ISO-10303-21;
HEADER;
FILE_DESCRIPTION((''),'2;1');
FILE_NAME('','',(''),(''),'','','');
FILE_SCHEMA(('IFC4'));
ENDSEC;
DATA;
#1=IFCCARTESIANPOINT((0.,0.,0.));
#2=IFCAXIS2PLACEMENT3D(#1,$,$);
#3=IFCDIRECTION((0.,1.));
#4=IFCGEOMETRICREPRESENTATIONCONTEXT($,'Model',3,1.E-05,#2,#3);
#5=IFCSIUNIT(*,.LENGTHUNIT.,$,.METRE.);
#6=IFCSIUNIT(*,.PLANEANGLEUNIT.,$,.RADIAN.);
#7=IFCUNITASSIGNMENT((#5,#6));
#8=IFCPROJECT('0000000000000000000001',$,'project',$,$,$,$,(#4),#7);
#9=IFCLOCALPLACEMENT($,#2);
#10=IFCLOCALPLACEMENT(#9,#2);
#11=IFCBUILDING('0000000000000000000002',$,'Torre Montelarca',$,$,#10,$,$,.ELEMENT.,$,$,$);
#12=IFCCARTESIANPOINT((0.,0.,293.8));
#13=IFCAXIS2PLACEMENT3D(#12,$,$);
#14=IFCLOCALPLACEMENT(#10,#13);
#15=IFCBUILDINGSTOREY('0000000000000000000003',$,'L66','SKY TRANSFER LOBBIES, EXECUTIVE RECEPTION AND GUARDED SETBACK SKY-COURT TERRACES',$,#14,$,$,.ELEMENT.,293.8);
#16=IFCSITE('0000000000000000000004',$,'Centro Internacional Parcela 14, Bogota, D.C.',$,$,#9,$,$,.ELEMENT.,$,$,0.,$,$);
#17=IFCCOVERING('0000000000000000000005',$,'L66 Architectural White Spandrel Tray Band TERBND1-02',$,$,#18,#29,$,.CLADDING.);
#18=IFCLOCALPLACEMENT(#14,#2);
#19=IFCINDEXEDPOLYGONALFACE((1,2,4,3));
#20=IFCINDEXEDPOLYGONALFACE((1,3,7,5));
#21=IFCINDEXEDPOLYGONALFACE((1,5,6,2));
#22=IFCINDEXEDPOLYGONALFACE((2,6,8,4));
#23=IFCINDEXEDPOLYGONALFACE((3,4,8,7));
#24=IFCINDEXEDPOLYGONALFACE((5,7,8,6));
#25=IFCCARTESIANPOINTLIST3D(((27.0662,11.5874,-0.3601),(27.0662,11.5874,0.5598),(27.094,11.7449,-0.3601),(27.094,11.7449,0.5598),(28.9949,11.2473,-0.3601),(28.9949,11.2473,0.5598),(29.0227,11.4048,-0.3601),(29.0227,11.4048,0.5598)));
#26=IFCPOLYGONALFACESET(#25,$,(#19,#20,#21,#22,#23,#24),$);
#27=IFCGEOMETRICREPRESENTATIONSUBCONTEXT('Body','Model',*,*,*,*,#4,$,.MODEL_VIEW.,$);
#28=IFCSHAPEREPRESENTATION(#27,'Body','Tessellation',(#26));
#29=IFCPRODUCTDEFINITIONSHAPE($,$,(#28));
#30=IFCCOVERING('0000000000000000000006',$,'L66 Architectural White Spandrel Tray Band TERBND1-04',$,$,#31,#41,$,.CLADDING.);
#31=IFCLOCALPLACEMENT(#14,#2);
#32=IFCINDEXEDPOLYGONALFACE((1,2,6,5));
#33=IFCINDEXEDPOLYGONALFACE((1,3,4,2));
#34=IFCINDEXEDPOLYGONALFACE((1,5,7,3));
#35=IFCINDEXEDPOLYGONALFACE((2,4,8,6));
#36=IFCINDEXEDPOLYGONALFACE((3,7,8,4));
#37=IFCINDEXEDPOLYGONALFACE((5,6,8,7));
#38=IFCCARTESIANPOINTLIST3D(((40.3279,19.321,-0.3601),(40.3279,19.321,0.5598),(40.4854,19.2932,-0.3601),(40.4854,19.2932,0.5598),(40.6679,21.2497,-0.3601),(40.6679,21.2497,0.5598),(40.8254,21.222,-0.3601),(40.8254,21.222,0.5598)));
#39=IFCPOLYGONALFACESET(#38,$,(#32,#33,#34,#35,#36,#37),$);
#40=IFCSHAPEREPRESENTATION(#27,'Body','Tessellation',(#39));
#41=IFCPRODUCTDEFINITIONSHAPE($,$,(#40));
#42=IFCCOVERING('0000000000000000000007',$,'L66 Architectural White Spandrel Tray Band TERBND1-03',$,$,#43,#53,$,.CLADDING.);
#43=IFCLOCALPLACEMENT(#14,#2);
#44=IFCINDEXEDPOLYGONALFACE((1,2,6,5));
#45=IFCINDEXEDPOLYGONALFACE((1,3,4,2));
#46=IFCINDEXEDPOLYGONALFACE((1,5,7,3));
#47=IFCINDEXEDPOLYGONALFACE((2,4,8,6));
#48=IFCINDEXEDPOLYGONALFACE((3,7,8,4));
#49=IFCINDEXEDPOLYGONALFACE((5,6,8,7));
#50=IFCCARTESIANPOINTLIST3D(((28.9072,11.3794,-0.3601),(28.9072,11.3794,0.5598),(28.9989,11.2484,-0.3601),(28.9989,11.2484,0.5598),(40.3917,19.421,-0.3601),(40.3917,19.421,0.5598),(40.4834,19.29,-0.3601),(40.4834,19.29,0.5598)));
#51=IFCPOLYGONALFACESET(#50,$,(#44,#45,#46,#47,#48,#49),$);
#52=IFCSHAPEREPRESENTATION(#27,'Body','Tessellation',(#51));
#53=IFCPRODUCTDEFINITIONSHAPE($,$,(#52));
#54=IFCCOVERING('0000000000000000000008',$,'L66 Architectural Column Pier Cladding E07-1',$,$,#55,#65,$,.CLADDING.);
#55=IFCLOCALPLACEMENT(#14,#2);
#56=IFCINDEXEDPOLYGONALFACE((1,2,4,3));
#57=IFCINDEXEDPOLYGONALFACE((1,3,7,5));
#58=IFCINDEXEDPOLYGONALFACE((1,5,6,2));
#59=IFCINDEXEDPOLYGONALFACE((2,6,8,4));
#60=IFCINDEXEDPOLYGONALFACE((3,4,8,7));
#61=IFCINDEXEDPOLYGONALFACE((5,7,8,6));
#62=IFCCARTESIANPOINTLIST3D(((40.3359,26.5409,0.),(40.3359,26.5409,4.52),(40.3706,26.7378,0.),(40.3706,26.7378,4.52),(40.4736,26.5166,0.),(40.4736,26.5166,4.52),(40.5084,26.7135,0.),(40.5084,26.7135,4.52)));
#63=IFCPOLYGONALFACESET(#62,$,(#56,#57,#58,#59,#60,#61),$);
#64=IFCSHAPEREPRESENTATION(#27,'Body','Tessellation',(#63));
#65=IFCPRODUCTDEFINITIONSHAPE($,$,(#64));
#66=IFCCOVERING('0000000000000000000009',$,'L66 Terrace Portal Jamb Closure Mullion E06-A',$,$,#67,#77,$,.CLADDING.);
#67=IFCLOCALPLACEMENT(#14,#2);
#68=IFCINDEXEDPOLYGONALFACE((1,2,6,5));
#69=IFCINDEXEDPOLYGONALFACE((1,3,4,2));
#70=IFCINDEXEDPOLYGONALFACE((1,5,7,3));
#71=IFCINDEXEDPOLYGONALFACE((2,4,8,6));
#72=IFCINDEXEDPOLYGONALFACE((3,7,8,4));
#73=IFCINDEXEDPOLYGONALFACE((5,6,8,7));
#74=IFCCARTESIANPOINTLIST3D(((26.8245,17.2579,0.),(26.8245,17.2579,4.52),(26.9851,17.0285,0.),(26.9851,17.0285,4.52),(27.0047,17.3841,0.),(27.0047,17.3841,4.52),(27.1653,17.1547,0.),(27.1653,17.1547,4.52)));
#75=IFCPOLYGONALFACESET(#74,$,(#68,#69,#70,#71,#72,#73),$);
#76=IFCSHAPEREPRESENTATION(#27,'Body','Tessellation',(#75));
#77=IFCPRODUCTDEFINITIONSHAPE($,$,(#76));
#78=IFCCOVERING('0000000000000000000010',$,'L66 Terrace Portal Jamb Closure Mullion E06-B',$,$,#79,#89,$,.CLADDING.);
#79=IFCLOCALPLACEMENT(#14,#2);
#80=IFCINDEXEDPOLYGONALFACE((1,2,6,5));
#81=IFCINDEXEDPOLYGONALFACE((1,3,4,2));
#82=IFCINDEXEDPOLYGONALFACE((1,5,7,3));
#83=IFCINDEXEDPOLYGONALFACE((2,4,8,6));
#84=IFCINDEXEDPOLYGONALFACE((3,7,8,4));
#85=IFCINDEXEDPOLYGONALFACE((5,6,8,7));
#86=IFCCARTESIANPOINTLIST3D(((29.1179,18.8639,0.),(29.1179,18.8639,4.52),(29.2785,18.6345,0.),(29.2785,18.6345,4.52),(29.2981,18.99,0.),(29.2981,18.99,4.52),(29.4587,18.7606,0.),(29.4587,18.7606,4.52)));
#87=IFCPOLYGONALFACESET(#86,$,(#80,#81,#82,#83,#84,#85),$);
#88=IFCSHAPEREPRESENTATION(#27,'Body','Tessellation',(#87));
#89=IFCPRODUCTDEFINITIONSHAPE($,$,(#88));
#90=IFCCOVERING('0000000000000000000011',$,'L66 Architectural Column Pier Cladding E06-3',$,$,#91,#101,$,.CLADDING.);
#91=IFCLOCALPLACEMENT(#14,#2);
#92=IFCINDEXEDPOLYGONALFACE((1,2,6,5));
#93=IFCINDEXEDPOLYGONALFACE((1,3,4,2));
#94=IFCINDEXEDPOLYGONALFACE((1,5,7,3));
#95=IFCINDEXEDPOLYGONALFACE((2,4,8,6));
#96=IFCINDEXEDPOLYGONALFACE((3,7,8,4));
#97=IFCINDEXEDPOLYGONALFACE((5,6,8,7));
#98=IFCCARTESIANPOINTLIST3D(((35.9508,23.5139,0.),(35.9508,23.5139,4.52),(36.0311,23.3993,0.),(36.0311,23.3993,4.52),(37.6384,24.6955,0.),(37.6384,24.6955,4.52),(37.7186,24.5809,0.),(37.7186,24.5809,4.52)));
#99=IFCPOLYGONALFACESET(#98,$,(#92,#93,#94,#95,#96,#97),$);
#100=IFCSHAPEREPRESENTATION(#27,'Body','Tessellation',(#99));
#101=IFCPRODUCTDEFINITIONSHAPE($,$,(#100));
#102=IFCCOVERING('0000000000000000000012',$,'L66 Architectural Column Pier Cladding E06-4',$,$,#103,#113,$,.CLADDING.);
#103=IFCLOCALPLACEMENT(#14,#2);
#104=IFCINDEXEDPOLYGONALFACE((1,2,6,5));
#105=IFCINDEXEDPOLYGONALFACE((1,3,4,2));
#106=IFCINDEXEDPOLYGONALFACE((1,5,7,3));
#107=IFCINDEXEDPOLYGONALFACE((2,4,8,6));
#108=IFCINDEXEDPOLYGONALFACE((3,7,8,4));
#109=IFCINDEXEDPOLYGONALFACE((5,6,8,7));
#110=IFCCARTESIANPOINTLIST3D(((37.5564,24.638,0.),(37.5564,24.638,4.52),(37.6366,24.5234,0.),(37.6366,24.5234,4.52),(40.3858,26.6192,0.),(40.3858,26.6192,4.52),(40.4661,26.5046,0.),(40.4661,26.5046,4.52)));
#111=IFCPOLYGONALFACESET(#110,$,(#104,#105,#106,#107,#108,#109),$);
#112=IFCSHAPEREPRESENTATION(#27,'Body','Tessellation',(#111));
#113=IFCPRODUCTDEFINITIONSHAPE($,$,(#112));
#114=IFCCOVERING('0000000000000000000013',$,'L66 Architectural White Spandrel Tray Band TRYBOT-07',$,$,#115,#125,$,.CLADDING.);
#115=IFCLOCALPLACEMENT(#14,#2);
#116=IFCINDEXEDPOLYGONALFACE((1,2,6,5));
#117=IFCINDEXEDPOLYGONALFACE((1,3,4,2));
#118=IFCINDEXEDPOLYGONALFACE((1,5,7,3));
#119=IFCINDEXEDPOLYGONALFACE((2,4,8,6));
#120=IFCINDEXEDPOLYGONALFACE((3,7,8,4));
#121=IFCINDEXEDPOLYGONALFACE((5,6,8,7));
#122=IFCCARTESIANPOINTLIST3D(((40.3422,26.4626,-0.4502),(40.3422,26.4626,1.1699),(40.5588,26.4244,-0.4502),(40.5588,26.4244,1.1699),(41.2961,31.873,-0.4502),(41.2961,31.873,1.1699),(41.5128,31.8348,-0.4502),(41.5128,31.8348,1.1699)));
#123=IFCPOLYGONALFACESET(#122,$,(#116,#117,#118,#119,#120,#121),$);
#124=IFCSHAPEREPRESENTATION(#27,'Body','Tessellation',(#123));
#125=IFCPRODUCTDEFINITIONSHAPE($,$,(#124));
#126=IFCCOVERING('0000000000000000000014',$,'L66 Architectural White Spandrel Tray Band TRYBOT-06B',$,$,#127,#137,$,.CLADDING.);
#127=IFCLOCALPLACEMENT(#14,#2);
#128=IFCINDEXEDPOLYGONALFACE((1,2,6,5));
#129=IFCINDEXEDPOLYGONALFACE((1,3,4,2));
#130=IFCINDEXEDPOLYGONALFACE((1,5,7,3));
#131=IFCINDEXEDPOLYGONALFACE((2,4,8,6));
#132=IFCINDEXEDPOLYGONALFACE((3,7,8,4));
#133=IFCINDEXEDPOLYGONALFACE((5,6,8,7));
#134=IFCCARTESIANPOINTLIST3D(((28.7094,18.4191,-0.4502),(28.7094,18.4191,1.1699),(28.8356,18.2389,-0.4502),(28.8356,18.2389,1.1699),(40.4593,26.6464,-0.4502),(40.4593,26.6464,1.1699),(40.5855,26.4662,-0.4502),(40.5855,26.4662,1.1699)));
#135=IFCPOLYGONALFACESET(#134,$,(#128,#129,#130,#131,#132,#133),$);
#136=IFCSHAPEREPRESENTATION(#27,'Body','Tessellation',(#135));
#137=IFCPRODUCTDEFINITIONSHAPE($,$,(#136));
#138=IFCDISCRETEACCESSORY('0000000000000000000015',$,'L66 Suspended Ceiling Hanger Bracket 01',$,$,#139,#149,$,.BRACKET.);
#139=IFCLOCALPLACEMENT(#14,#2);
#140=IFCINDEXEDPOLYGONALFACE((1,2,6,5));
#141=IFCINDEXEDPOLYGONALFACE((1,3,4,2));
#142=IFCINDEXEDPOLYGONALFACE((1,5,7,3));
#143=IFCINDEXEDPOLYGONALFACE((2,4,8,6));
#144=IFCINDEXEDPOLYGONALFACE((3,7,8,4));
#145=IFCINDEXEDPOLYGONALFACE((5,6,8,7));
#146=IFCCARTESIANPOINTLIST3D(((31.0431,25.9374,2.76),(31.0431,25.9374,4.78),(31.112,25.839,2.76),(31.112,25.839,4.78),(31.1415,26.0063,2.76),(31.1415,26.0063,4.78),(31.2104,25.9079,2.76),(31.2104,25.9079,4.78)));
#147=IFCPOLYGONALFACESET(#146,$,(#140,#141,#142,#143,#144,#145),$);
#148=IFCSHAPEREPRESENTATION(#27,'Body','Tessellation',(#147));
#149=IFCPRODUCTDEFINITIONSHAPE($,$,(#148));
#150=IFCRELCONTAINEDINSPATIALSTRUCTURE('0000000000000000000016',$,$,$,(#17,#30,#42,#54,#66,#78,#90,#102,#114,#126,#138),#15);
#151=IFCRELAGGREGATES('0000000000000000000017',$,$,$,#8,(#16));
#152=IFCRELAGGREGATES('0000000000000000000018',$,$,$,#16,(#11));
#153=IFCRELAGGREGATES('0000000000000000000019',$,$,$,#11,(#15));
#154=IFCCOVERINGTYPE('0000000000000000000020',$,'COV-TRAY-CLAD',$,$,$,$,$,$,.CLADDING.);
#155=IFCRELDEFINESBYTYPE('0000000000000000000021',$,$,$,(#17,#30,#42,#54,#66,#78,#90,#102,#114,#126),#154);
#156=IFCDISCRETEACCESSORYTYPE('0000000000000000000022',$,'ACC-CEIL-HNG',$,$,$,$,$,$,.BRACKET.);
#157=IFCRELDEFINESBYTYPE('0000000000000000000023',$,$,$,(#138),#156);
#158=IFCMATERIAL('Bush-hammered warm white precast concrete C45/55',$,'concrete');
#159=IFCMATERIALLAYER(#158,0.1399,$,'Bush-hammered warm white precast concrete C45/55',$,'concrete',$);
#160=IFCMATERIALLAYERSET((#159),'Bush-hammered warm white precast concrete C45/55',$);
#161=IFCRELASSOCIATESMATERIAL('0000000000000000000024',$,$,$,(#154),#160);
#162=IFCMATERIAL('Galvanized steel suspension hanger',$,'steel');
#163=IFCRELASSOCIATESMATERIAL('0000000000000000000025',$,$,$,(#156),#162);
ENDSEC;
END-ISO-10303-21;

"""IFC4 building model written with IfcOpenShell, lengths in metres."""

from ifc_helpers import new_model, si_unit, direction, frame, origin, origin_2d, place, context, subcontext, project, spatial, rectangle, extrude, source, transform, mapped, material, layer, layer_set, type_object, element, save


model = new_model("IFC4")

# Units and contexts
model_context = context("Model", 3, precision=1e-05, world=origin(), true_north=direction((0.0, 1.0)))
body_context = subcontext(model_context, "Body", "Model", "MODEL_VIEW")
ifc_project = project(units=[si_unit("LENGTHUNIT", "METRE"), si_unit("PLANEANGLEUNIT", "RADIAN")], contexts=[model_context])

# Site, building, storey
site_placement = place(None, origin())
site = spatial("IfcSite", under=ifc_project, at=site_placement, Name="Centro Internacional Parcela 14, Bogota, D.C.", CompositionType="ELEMENT", RefElevation=0.0)
building_placement = place(site_placement, origin())
building = spatial("IfcBuilding", under=site, at=building_placement, Name="Torre Montelarca", CompositionType="ELEMENT")
storey_placement = place(building_placement, frame((0.0, 0.0, 293.8)))
storey = spatial("IfcBuildingStorey", under=building, at=storey_placement, Name="L66", Description="SKY TRANSFER LOBBIES, EXECUTIVE RECEPTION AND GUARDED SETBACK SKY-COURT TERRACES", CompositionType="ELEMENT", Elevation=293.8)

# Coverings
ifc_material_1 = material(Name="Bush-hammered warm white precast concrete C45/55", Category="concrete")
ifc_layer_1 = layer(ifc_material_1, 0.1399, Name="Bush-hammered warm white precast concrete C45/55", Category="concrete")
ifc_layer_set_1 = layer_set([ifc_layer_1], Name="Bush-hammered warm white precast concrete C45/55")
covering_type = type_object("IfcCoveringType", Name="COV-TRAY-CLAD", PredefinedType="CLADDING", material=ifc_layer_set_1)
shared_shape_1 = source(origin(), body_context, "Body", "SweptSolid", [
    extrude(rectangle(XDim=1.9585, YDim=0.1599, at=origin_2d()), origin(), (0.0, 0.0, 1.0), 0.9199),
])
for number, where, z_axis, x_axis, name in (
    (1, (28.0444, 11.4961, -0.3601), (0.0, 0.0, 1.0), (0.984804, -0.173671, 0.0), "L66 Architectural White Spandrel Tray Band TERBND1-02"),
    (2, (40.5767, 20.2715, -0.3601), (0.0, 0.0, 1.0), (0.173628, 0.984811, 0.0), "L66 Architectural White Spandrel Tray Band TERBND1-04"),
):
    element("IfcCovering", number, at=place(storey_placement, frame(where, z_axis=z_axis, x_axis=x_axis)), inside=storey, type_object=covering_type, Name=name, PredefinedType="CLADDING", context=body_context, shape_type="MappedRepresentation", body=[
        mapped(shared_shape_1, transform((0.0, 0.0, 0.0), scale=1.0)),
    ])
shared_shape_2 = source(origin(), body_context, "Body", "SweptSolid", [
    extrude(rectangle(XDim=14.02, YDim=0.1599, at=origin_2d()), origin(), (0.0, 0.0, 1.0), 0.9199),
])
covering_1_placement = place(storey_placement, frame((34.6953, 15.3347, -0.3601), z_axis=(0.0, 0.0, 1.0), x_axis=(0.819149, 0.573581, 0.0)))
element("IfcCovering", 3, at=covering_1_placement, inside=storey, type_object=covering_type, Name="L66 Architectural White Spandrel Tray Band TERBND1-03", PredefinedType="CLADDING", context=body_context, shape_type="MappedRepresentation", body=[
    mapped(shared_shape_2, transform((0.0, 0.0, 0.0), scale=1.0)),
])
shared_shape_3 = source(origin(), body_context, "Body", "SweptSolid", [
    extrude(rectangle(XDim=0.2, YDim=0.1399, at=origin_2d()), origin(), (0.0, 0.0, 1.0), 4.52),
])
covering_2_placement = place(storey_placement, frame((40.4221, 26.6272, 0.0), z_axis=(0.0, 0.0, 1.0), x_axis=(0.173626, 0.984812, 0.0)))
element("IfcCovering", 4, at=covering_2_placement, inside=storey, type_object=covering_type, Name="L66 Architectural Column Pier Cladding E07-1", PredefinedType="CLADDING", context=body_context, shape_type="MappedRepresentation", body=[
    mapped(shared_shape_3, transform((0.0, 0.0, 0.0), scale=1.0)),
])
shared_shape_4 = source(origin(), body_context, "Body", "SweptSolid", [
    extrude(rectangle(XDim=0.22, YDim=0.28, at=origin_2d()), origin(), (0.0, 0.0, 1.0), 4.52),
])
for number, where, z_axis, x_axis, name in (
    (5, (26.9949, 17.2063, 0.0), (0.0, 0.0, 1.0), (0.819156, 0.573571, 0.0), "L66 Terrace Portal Jamb Closure Mullion E06-A"),
    (6, (29.2883, 18.8123, 0.0), (0.0, 0.0, 1.0), (0.819156, 0.573571, 0.0), "L66 Terrace Portal Jamb Closure Mullion E06-B"),
):
    element("IfcCovering", number, at=place(storey_placement, frame(where, z_axis=z_axis, x_axis=x_axis)), inside=storey, type_object=covering_type, Name=name, PredefinedType="CLADDING", context=body_context, shape_type="MappedRepresentation", body=[
        mapped(shared_shape_4, transform((0.0, 0.0, 0.0), scale=1.0)),
    ])
shared_shape_5 = source(origin(), body_context, "Body", "SweptSolid", [
    extrude(rectangle(XDim=2.0601, YDim=0.1399, at=origin_2d()), origin(), (0.0, 0.0, 1.0), 4.52),
])
covering_3_placement = place(storey_placement, frame((36.8347, 24.0474, 0.0), z_axis=(0.0, 0.0, 1.0), x_axis=(0.819156, 0.573571, 0.0)))
element("IfcCovering", 7, at=covering_3_placement, inside=storey, type_object=covering_type, Name="L66 Architectural Column Pier Cladding E06-3", PredefinedType="CLADDING", context=body_context, shape_type="MappedRepresentation", body=[
    mapped(shared_shape_5, transform((0.0, 0.0, 0.0), scale=1.0)),
])
shared_shape_6 = source(origin(), body_context, "Body", "SweptSolid", [
    extrude(rectangle(XDim=3.4541, YDim=0.1399, at=origin_2d()), origin(), (0.0, 0.0, 1.0), 4.52),
])
covering_4_placement = place(storey_placement, frame((39.0112, 25.5713, 0.0), z_axis=(0.0, 0.0, 1.0), x_axis=(0.819156, 0.573571, 0.0)))
element("IfcCovering", 8, at=covering_4_placement, inside=storey, type_object=covering_type, Name="L66 Architectural Column Pier Cladding E06-4", PredefinedType="CLADDING", context=body_context, shape_type="MappedRepresentation", body=[
    mapped(shared_shape_6, transform((0.0, 0.0, 0.0), scale=1.0)),
])
shared_shape_7 = source(origin(), body_context, "Body", "SweptSolid", [
    extrude(rectangle(XDim=5.4939, YDim=0.22, at=origin_2d()), origin(), (0.0, 0.0, 1.0), 1.6201),
])
covering_5_placement = place(storey_placement, frame((40.9275, 29.1487, -0.4502), z_axis=(0.0, 0.0, 1.0), x_axis=(0.173631, 0.984811, 0.0)))
element("IfcCovering", 9, at=covering_5_placement, inside=storey, type_object=covering_type, Name="L66 Architectural White Spandrel Tray Band TRYBOT-07", PredefinedType="CLADDING", context=body_context, shape_type="MappedRepresentation", body=[
    mapped(shared_shape_7, transform((0.0, 0.0, 0.0), scale=1.0)),
])
shared_shape_8 = source(origin(), body_context, "Body", "SweptSolid", [
    extrude(rectangle(XDim=14.344, YDim=0.22, at=origin_2d()), origin(), (0.0, 0.0, 1.0), 1.6201),
])
covering_6_placement = place(storey_placement, frame((34.6475, 22.4426, -0.4502), z_axis=(0.0, 0.0, 1.0), x_axis=(0.819154, 0.573574, 0.0)))
element("IfcCovering", 10, at=covering_6_placement, inside=storey, type_object=covering_type, Name="L66 Architectural White Spandrel Tray Band TRYBOT-06B", PredefinedType="CLADDING", context=body_context, shape_type="MappedRepresentation", body=[
    mapped(shared_shape_8, transform((0.0, 0.0, 0.0), scale=1.0)),
])

# Discrete accessory
ifc_material_2 = material(Name="Galvanized steel suspension hanger", Category="steel")
discrete_accessory_type = type_object("IfcDiscreteAccessoryType", Name="ACC-CEIL-HNG", PredefinedType="BRACKET", material=ifc_material_2)
shared_shape_9 = source(origin(), body_context, "Body", "SweptSolid", [
    extrude(rectangle(XDim=0.1201, YDim=0.1201, at=origin_2d()), origin(), (0.0, 0.0, 1.0), 2.02),
])
discrete_accessory_placement = place(storey_placement, frame((31.1267, 25.9226, 2.76), z_axis=(0.0, 0.0, 1.0), x_axis=(-0.573576, 0.819152, 0.0)))
element("IfcDiscreteAccessory", 11, at=discrete_accessory_placement, inside=storey, type_object=discrete_accessory_type, Name="L66 Suspended Ceiling Hanger Bracket 01", PredefinedType="BRACKET", context=body_context, shape_type="MappedRepresentation", body=[
    mapped(shared_shape_9, transform((0.0, 0.0, 0.0), scale=1.0)),
])

save(model, "model.ifc")
